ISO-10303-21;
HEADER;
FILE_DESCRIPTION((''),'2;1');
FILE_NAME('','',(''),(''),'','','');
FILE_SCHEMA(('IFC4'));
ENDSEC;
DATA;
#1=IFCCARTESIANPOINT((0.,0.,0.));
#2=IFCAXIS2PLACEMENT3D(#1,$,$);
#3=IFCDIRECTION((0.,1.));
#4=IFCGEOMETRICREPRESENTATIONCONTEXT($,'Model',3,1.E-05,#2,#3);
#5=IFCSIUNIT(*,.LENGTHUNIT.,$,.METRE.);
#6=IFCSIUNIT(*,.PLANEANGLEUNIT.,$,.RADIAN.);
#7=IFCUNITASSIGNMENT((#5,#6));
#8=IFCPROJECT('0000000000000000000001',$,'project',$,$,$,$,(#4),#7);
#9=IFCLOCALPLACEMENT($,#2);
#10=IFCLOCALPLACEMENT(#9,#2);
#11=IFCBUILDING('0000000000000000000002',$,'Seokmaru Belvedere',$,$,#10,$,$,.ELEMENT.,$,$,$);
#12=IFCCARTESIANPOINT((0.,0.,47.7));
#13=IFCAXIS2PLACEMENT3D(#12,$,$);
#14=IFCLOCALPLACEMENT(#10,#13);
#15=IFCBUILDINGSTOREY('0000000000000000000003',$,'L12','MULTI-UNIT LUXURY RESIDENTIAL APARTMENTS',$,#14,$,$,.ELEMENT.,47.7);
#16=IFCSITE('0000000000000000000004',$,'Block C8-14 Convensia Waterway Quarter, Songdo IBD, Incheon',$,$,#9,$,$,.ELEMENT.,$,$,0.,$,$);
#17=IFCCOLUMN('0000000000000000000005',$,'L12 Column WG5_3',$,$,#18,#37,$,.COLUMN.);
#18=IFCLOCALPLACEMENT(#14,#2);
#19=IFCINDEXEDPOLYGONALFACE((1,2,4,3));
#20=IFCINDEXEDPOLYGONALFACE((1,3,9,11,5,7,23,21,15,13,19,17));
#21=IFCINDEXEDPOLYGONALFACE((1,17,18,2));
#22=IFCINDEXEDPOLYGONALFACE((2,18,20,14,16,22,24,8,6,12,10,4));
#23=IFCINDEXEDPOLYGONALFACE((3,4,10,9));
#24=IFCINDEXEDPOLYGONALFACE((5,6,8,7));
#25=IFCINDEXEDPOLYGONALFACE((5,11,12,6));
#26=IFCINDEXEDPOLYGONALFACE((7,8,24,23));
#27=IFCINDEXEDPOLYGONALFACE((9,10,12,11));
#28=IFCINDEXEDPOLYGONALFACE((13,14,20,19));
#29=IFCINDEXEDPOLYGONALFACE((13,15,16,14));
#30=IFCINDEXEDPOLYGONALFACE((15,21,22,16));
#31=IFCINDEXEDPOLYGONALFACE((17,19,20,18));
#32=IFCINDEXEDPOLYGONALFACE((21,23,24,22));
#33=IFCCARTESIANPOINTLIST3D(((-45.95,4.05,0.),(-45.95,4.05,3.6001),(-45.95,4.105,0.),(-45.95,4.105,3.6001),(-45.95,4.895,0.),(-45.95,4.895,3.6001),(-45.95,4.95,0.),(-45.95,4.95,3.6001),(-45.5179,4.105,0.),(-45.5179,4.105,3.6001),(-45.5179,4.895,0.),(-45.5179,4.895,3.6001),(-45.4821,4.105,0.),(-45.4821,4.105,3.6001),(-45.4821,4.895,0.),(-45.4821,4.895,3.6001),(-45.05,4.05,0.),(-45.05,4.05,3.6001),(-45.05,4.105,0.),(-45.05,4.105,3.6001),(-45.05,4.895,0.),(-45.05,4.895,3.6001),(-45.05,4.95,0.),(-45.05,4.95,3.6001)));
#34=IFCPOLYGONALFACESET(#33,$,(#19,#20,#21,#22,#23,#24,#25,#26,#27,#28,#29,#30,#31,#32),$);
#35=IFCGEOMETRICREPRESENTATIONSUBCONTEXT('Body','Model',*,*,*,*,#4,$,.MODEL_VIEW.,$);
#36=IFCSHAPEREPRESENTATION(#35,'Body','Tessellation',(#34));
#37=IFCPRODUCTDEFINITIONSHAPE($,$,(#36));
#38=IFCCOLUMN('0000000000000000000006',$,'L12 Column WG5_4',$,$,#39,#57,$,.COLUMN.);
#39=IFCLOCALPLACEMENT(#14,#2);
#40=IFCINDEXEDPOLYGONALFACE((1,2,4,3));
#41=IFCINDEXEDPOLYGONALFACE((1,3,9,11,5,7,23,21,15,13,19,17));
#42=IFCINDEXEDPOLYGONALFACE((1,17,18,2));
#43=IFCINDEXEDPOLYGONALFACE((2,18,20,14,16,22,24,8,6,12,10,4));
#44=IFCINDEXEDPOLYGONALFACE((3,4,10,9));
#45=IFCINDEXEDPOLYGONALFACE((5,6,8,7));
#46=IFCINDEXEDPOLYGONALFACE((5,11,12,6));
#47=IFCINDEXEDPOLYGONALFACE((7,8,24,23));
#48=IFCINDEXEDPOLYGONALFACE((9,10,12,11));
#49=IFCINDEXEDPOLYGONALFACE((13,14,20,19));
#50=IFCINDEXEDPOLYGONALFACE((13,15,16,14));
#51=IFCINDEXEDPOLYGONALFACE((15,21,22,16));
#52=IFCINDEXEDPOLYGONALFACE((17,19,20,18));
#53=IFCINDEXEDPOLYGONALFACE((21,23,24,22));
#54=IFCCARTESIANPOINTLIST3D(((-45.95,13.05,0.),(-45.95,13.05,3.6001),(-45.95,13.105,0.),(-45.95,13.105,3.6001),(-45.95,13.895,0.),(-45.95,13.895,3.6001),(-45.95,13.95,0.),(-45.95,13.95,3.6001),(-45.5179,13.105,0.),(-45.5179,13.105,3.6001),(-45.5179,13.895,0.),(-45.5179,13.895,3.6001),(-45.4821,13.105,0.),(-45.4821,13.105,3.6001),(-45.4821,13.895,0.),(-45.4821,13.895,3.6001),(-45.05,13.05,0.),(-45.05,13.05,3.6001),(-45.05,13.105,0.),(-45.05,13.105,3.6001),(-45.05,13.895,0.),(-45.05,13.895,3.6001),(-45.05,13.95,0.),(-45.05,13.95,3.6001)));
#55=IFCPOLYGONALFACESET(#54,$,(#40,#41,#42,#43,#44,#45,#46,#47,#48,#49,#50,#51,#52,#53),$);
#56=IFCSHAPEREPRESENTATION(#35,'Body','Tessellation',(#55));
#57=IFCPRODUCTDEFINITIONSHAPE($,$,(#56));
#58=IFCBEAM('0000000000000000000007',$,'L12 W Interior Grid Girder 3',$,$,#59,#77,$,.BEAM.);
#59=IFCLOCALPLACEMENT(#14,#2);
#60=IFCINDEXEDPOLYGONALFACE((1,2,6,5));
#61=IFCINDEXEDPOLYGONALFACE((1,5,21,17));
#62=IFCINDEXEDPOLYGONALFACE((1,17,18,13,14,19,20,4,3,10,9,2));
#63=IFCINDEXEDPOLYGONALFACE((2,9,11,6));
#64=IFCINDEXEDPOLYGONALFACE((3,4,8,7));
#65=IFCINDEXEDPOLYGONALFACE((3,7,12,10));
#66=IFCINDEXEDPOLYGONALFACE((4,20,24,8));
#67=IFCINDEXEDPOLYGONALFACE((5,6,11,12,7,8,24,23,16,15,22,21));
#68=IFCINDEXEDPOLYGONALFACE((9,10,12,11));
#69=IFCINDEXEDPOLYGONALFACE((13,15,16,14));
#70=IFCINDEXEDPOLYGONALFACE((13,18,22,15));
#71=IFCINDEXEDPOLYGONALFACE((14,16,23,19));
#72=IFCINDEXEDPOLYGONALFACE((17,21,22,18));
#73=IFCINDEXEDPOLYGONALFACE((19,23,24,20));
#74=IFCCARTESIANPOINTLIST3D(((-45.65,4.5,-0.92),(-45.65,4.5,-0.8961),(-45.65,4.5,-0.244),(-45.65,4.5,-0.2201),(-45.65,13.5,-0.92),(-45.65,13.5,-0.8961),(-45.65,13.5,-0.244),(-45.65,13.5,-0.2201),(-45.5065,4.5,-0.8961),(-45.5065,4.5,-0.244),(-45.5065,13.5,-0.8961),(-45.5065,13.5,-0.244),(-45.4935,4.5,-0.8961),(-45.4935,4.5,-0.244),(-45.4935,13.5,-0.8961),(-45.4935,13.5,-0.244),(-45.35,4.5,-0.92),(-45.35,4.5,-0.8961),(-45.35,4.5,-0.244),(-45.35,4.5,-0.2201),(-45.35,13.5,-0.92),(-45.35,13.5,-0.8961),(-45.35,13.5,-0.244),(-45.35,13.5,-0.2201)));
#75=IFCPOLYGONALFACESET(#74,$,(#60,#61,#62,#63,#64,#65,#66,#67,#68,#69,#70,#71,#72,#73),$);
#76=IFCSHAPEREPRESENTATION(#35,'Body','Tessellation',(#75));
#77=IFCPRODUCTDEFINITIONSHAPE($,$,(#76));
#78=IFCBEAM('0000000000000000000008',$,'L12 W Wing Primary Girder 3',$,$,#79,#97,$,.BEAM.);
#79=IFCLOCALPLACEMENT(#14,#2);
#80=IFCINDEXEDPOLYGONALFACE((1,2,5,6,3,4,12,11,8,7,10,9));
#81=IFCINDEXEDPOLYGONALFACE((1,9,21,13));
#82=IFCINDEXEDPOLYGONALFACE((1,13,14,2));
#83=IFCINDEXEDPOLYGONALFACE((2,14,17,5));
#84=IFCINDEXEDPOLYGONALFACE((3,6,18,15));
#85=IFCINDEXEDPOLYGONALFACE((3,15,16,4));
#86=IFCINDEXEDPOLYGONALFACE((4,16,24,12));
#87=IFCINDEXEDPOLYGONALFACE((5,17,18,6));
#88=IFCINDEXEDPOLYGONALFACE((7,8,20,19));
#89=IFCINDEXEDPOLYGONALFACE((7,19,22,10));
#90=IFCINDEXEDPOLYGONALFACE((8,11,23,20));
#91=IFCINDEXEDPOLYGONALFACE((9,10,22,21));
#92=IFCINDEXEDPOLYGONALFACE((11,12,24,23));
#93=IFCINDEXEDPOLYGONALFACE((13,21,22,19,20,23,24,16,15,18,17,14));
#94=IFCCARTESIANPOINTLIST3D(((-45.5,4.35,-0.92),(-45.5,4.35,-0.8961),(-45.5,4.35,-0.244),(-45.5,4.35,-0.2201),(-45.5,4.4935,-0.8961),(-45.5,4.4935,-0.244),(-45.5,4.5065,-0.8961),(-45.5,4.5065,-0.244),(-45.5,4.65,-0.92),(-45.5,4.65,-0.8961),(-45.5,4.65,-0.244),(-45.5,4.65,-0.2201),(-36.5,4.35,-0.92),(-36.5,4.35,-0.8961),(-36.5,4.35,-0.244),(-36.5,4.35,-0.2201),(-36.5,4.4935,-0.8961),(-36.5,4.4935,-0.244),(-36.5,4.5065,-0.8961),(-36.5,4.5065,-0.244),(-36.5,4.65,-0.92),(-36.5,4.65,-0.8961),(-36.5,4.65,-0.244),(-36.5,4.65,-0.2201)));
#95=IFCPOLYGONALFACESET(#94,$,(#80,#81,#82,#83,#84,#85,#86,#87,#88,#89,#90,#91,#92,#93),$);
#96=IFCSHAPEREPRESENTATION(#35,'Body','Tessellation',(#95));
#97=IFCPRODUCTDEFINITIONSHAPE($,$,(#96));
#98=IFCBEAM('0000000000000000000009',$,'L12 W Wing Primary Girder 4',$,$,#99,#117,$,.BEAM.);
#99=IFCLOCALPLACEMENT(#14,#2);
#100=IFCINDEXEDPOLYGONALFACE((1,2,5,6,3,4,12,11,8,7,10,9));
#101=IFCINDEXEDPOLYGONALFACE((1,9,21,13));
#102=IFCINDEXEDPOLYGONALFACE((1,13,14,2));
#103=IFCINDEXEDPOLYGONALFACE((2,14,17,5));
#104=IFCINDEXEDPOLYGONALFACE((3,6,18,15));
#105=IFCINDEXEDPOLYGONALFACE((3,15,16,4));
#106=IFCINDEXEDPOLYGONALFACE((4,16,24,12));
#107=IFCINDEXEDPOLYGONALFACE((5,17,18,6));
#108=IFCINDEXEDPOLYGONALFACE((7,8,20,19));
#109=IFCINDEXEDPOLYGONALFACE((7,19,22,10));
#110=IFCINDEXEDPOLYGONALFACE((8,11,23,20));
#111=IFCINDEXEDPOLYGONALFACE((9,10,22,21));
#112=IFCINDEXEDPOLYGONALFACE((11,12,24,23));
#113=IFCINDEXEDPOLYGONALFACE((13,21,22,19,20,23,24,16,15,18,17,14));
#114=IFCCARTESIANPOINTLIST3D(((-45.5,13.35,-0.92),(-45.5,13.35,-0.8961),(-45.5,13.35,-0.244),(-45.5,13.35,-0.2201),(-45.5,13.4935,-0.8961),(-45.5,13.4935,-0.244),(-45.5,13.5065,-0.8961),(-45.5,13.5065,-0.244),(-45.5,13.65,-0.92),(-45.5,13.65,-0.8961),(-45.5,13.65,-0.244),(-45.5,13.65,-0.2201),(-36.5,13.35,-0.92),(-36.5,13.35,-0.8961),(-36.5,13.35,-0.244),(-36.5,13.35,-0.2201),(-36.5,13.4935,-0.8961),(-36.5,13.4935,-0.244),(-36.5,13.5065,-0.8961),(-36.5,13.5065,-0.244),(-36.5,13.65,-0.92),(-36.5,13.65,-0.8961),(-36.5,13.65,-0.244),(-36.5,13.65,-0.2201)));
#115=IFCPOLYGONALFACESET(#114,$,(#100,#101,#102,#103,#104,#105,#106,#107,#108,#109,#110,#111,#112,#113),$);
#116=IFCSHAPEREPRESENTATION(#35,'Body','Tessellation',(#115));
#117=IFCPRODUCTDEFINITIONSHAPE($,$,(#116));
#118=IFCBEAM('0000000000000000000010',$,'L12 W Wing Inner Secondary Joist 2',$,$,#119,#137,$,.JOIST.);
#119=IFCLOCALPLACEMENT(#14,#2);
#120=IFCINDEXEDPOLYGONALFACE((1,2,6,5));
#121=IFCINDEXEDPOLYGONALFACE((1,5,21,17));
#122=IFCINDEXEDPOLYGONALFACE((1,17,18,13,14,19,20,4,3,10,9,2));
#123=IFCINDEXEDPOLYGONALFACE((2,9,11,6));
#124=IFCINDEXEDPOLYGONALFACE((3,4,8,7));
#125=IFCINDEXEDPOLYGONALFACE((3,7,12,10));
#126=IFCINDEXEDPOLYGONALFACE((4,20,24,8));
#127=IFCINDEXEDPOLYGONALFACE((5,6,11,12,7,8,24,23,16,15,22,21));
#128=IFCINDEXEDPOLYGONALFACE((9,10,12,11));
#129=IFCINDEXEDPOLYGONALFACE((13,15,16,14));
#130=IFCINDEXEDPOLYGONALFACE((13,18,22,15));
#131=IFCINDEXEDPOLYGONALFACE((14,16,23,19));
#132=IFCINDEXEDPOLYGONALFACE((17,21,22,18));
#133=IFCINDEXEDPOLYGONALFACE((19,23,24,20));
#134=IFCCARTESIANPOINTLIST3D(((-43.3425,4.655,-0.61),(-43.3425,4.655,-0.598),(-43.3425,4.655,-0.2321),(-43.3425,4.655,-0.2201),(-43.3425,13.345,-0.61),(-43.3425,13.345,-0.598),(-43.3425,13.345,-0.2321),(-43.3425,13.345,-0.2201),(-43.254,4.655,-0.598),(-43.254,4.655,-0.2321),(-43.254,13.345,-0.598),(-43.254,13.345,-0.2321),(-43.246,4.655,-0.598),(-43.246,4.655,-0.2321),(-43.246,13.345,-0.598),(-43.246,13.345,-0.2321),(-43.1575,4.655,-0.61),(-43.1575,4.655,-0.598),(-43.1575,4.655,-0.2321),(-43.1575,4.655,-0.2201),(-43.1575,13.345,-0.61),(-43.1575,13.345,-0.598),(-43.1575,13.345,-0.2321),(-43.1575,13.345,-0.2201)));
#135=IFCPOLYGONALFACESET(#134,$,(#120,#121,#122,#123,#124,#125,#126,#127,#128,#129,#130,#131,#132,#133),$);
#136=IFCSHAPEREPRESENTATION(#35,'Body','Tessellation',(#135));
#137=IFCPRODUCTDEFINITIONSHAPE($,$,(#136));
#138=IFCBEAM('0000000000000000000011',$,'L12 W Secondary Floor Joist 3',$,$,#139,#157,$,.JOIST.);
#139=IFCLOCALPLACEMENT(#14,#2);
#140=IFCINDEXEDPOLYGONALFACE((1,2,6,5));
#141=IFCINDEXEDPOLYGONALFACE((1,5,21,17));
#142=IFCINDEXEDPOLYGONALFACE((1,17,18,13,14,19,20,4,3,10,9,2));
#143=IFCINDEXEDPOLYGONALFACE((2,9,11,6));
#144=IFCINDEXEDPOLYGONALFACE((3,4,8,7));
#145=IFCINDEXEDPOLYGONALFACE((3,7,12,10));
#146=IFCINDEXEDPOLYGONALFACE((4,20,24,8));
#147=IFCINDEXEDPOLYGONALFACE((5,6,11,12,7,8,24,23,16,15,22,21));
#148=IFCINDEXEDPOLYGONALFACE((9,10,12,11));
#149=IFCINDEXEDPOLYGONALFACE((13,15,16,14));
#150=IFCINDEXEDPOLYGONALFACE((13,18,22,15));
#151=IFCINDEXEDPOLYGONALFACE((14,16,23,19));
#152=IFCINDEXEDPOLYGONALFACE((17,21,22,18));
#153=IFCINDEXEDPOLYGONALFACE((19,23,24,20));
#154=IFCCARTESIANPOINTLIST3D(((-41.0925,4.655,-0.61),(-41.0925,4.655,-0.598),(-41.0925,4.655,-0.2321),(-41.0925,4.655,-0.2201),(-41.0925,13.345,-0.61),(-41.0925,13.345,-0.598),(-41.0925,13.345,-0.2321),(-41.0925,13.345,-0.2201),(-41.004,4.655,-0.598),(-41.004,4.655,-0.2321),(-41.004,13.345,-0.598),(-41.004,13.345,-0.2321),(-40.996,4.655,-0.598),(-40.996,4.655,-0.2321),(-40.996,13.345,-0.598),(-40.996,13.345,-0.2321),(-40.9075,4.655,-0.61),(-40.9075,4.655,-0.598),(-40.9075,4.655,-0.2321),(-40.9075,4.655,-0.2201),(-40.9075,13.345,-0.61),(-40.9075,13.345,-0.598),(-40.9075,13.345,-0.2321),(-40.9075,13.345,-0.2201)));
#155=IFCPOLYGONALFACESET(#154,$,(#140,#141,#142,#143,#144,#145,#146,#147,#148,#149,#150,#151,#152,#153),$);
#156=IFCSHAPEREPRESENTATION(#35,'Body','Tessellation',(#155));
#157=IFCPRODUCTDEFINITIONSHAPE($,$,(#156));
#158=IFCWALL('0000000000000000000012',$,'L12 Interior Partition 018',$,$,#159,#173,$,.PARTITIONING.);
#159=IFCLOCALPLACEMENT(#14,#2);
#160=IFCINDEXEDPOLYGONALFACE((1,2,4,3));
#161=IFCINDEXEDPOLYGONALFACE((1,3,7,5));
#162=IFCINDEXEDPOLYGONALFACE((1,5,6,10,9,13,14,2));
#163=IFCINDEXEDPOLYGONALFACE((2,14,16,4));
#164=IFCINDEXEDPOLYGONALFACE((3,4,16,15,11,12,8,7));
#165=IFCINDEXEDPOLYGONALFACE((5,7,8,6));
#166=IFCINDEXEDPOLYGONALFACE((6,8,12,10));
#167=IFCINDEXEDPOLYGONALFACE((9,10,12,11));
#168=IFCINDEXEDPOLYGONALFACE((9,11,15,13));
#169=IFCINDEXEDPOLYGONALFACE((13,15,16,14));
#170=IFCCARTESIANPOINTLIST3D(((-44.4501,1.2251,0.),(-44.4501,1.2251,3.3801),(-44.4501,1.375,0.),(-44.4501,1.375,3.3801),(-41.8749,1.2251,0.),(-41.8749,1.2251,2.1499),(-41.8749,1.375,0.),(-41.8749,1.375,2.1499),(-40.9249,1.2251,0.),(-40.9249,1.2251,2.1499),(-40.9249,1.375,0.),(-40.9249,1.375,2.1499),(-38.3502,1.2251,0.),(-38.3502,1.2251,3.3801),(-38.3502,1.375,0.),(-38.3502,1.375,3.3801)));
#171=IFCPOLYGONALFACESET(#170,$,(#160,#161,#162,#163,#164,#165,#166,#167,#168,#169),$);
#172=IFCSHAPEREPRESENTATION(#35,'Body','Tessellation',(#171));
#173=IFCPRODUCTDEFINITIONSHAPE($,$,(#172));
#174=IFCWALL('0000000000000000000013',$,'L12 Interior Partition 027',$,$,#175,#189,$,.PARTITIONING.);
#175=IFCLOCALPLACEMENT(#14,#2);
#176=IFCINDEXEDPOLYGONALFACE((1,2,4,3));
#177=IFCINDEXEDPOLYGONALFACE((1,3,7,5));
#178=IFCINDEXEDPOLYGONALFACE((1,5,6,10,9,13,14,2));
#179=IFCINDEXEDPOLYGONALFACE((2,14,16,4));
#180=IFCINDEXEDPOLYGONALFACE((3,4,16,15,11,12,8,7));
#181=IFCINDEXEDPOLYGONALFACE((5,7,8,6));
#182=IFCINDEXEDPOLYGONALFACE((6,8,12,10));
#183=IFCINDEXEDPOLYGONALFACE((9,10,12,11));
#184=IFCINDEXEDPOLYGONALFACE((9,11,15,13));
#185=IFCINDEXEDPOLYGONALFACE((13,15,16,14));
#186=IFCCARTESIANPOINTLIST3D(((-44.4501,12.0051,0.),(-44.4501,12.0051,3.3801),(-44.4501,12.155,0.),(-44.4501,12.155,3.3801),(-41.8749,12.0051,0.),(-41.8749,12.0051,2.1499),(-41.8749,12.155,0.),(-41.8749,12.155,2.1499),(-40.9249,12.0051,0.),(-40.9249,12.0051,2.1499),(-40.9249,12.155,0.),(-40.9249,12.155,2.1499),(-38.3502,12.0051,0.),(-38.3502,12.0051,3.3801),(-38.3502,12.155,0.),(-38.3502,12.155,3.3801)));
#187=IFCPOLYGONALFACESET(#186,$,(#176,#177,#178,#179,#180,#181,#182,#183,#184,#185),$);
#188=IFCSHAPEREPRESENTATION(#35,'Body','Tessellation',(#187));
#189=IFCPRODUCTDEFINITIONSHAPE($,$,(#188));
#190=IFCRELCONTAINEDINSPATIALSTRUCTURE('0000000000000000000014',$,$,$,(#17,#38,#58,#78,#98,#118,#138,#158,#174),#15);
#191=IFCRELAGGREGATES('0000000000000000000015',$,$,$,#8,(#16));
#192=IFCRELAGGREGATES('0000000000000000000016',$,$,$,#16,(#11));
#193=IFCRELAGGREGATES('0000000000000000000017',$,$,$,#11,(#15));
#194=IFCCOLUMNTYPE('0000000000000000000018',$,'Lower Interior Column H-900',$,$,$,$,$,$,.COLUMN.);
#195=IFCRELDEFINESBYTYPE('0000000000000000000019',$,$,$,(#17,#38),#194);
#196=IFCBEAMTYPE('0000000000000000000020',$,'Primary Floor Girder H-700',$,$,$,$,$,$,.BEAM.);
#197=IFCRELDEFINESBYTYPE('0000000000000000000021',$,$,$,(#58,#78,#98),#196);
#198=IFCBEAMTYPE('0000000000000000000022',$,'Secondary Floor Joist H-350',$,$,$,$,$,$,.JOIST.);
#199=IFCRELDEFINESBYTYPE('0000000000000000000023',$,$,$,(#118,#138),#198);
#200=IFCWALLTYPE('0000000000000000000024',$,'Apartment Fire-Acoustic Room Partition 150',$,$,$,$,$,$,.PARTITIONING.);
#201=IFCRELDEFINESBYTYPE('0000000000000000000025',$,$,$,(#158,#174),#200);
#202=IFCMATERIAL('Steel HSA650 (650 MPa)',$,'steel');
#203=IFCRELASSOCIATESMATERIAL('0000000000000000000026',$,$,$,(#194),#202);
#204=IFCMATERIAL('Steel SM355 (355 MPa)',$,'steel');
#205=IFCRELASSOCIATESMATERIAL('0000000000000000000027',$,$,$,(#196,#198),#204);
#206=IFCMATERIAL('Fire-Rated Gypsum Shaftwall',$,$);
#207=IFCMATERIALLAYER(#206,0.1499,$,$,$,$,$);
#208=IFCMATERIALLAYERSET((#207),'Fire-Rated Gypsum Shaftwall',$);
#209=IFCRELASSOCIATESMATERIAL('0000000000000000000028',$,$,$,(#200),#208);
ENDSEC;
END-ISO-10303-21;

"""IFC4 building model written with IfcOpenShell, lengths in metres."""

from ifc_helpers import new_model, si_unit, direction, frame, frame_2d, origin, origin_2d, place, context, subcontext, project, spatial, rectangle, i_section, extrude, source, transform, mapped, material, layer, layer_set, material_profile, profile_set, type_object, type_shapes, element, save


model = new_model("IFC4")

# Units and contexts
model_context = context("Model", 3, precision=1e-05, world=origin(), true_north=direction((0.0, 1.0)))
body_context = subcontext(model_context, "Body", "Model", "MODEL_VIEW")
ifc_project = project(units=[si_unit("LENGTHUNIT", "METRE"), si_unit("PLANEANGLEUNIT", "RADIAN")], contexts=[model_context])

# Site, building, storey
site_placement = place(None, origin())
site = spatial("IfcSite", under=ifc_project, at=site_placement, Name="Block C8-14 Convensia Waterway Quarter, Songdo IBD, Incheon", CompositionType="ELEMENT", RefElevation=0.0)
building_placement = place(site_placement, origin())
building = spatial("IfcBuilding", under=site, at=building_placement, Name="Seokmaru Belvedere", CompositionType="ELEMENT")
storey_placement = place(building_placement, frame((0.0, 0.0, 47.7)))
storey = spatial("IfcBuildingStorey", under=building, at=storey_placement, Name="L12", Description="MULTI-UNIT LUXURY RESIDENTIAL APARTMENTS", CompositionType="ELEMENT", Elevation=47.7)

# Columns
ifc_material_1 = material(Name="Steel HSA650 (650 MPa)", Category="steel")
ifc_material_profile_1 = material_profile(ifc_material_1, i_section(OverallWidth=0.8999, OverallDepth=0.8999, WebThickness=0.0359, FlangeThickness=0.0549, at=origin_2d()), Name="H-900x900x36x55")
ifc_profile_set_1 = profile_set([ifc_material_profile_1], Name="Steel HSA650 (650 MPa)")
column_type = type_object("IfcColumnType", Name="Lower Interior Column H-900", PredefinedType="COLUMN", material=ifc_profile_set_1)
shared_shape_1 = source(origin(), body_context, "Body", "SweptSolid", [
    extrude(i_section(OverallWidth=0.8999, OverallDepth=0.8999, WebThickness=0.0359, FlangeThickness=0.0549, at=origin_2d()), origin(), (0.0, 0.0, 1.0), 3.6001),
])
type_shapes(column_type, [shared_shape_1])
for number, where, z_axis, x_axis, name in (
    (1, (-45.5, 4.5, 0.0), (0.0, 0.0, 1.0), (1.0, 0.0, 0.0), "L12 Column WG5_3"),
    (2, (-45.5, 13.5, 0.0), (0.0, 0.0, 1.0), (1.0, 0.0, 0.0), "L12 Column WG5_4"),
):
    element("IfcColumn", number, at=place(storey_placement, frame(where, z_axis=z_axis, x_axis=x_axis)), inside=storey, type_object=column_type, Name=name, PredefinedType="COLUMN", context=body_context, shape_type="MappedRepresentation", body=[
        mapped(shared_shape_1, transform((0.0, 0.0, 0.0), scale=1.0)),
    ])

# Beams
ifc_material_2 = material(Name="Steel SM355 (355 MPa)", Category="steel")
ifc_material_profile_2 = material_profile(ifc_material_2, i_section(OverallWidth=0.3, OverallDepth=0.7, WebThickness=0.0129, FlangeThickness=0.0239, at=origin_2d()), Name="H-700x300x13x24")
ifc_profile_set_2 = profile_set([ifc_material_profile_2], Name="Steel SM355 (355 MPa)")
beam_type_1 = type_object("IfcBeamType", Name="Primary Floor Girder H-700", PredefinedType="BEAM", material=ifc_profile_set_2)
shared_shape_2 = source(origin(), body_context, "Body", "SweptSolid", [
    extrude(i_section(OverallWidth=0.3, OverallDepth=0.7, WebThickness=0.0129, FlangeThickness=0.0239, at=origin_2d()), origin(), (0.0, 0.0, 1.0), 9.0),
])
type_shapes(beam_type_1, [shared_shape_2])
for number, where, z_axis, x_axis, name in (
    (3, (-45.5, 4.5, -0.5701), (0.0, 1.0, 0.0), (-1.0, 0.0, 0.0), "L12 W Interior Grid Girder 3"),
    (4, (-45.5, 4.5, -0.5701), (1.0, 0.0, 0.0), (0.0, 1.0, 0.0), "L12 W Wing Primary Girder 3"),
    (5, (-45.5, 13.5, -0.5701), (1.0, 0.0, 0.0), (0.0, 1.0, 0.0), "L12 W Wing Primary Girder 4"),
):
    element("IfcBeam", number, at=place(storey_placement, frame(where, z_axis=z_axis, x_axis=x_axis)), inside=storey, type_object=beam_type_1, Name=name, PredefinedType="BEAM", context=body_context, shape_type="MappedRepresentation", body=[
        mapped(shared_shape_2, transform((0.0, 0.0, 0.0), scale=1.0)),
    ])
ifc_material_profile_3 = material_profile(ifc_material_2, i_section(OverallWidth=0.1851, OverallDepth=0.3899, WebThickness=0.0081, FlangeThickness=0.012, at=origin_2d()), Name="H-390x185x8x12")
ifc_profile_set_3 = profile_set([ifc_material_profile_3], Name="Steel SM355 (355 MPa)")
beam_type_2 = type_object("IfcBeamType", Name="Secondary Floor Joist H-350", PredefinedType="JOIST", material=ifc_profile_set_3)
shared_shape_3 = source(origin(), body_context, "Body", "SweptSolid", [
    extrude(i_section(OverallWidth=0.1851, OverallDepth=0.3899, WebThickness=0.0081, FlangeThickness=0.012, at=origin_2d()), origin(), (0.0, 0.0, 1.0), 8.6899),
])
type_shapes(beam_type_2, [shared_shape_3])
for number, where, z_axis, x_axis, name in (
    (6, (-43.25, 4.655, -0.415), (0.0, 1.0, 0.0), (-1.0, 0.0, 0.0), "L12 W Wing Inner Secondary Joist 2"),
    (7, (-41.0, 4.655, -0.415), (0.0, 1.0, 0.0), (-1.0, 0.0, 0.0), "L12 W Secondary Floor Joist 3"),
):
    element("IfcBeam", number, at=place(storey_placement, frame(where, z_axis=z_axis, x_axis=x_axis)), inside=storey, type_object=beam_type_2, Name=name, PredefinedType="JOIST", context=body_context, shape_type="MappedRepresentation", body=[
        mapped(shared_shape_3, transform((0.0, 0.0, 0.0), scale=1.0)),
    ])

# Walls, openings
ifc_material_3 = material(Name="Fire-Rated Gypsum Shaftwall")
ifc_layer_1 = layer(ifc_material_3, 0.1499)
ifc_layer_set_1 = layer_set([ifc_layer_1], Name="Fire-Rated Gypsum Shaftwall")
wall_type_1 = type_object("IfcWallType", Name="Apartment Fire-Acoustic Room Partition 150", PredefinedType="PARTITIONING", material=ifc_layer_set_1)
wall_1_placement = place(storey_placement, frame((-44.45, 1.3, 0.0), z_axis=(0.0, 0.0, 1.0), x_axis=(1.0, 0.0, 0.0)))
wall_1 = element("IfcWall", 8, at=wall_1_placement, inside=storey, type_object=wall_type_1, Name="L12 Interior Partition 018", PredefinedType="PARTITIONING", context=body_context, shape_type="SweptSolid", body=[
    extrude(rectangle(XDim=6.0999, YDim=0.1499, at=frame_2d((3.0498, 0.0))), origin(), (0.0, 0.0, 1.0), 3.3801),
])
opening_1_placement = place(wall_1_placement, frame((2.575, 0.0, 0.0)))
element("IfcOpeningElement", 9, at=opening_1_placement, cuts=wall_1, PredefinedType="OPENING", context=body_context, shape_type="SweptSolid", body=[
    extrude(rectangle(XDim=0.95, YDim=2.1499, at=frame_2d((0.4751, 1.075))), frame((0.0, 0.085, 0.0), z_axis=(0.0, -1.0, 0.0), x_axis=(1.0, 0.0, 0.0)), (0.0, 0.0, 1.0), 0.1699),
])
wall_2_placement = place(storey_placement, frame((-44.45, 12.0801, 0.0), z_axis=(0.0, 0.0, 1.0), x_axis=(1.0, 0.0, 0.0)))
wall_2 = element("IfcWall", 10, at=wall_2_placement, inside=storey, type_object=wall_type_1, Name="L12 Interior Partition 027", PredefinedType="PARTITIONING", context=body_context, shape_type="SweptSolid", body=[
    extrude(rectangle(XDim=6.0999, YDim=0.1499, at=frame_2d((3.0498, 0.0))), origin(), (0.0, 0.0, 1.0), 3.3801),
])
opening_2_placement = place(wall_2_placement, frame((2.575, 0.0, 0.0)))
element("IfcOpeningElement", 11, at=opening_2_placement, cuts=wall_2, PredefinedType="OPENING", context=body_context, shape_type="SweptSolid", body=[
    extrude(rectangle(XDim=0.95, YDim=2.1499, at=frame_2d((0.4751, 1.075))), frame((0.0, 0.085, 0.0), z_axis=(0.0, -1.0, 0.0), x_axis=(1.0, 0.0, 0.0)), (0.0, 0.0, 1.0), 0.1699),
])

save(model, "model.ifc")
